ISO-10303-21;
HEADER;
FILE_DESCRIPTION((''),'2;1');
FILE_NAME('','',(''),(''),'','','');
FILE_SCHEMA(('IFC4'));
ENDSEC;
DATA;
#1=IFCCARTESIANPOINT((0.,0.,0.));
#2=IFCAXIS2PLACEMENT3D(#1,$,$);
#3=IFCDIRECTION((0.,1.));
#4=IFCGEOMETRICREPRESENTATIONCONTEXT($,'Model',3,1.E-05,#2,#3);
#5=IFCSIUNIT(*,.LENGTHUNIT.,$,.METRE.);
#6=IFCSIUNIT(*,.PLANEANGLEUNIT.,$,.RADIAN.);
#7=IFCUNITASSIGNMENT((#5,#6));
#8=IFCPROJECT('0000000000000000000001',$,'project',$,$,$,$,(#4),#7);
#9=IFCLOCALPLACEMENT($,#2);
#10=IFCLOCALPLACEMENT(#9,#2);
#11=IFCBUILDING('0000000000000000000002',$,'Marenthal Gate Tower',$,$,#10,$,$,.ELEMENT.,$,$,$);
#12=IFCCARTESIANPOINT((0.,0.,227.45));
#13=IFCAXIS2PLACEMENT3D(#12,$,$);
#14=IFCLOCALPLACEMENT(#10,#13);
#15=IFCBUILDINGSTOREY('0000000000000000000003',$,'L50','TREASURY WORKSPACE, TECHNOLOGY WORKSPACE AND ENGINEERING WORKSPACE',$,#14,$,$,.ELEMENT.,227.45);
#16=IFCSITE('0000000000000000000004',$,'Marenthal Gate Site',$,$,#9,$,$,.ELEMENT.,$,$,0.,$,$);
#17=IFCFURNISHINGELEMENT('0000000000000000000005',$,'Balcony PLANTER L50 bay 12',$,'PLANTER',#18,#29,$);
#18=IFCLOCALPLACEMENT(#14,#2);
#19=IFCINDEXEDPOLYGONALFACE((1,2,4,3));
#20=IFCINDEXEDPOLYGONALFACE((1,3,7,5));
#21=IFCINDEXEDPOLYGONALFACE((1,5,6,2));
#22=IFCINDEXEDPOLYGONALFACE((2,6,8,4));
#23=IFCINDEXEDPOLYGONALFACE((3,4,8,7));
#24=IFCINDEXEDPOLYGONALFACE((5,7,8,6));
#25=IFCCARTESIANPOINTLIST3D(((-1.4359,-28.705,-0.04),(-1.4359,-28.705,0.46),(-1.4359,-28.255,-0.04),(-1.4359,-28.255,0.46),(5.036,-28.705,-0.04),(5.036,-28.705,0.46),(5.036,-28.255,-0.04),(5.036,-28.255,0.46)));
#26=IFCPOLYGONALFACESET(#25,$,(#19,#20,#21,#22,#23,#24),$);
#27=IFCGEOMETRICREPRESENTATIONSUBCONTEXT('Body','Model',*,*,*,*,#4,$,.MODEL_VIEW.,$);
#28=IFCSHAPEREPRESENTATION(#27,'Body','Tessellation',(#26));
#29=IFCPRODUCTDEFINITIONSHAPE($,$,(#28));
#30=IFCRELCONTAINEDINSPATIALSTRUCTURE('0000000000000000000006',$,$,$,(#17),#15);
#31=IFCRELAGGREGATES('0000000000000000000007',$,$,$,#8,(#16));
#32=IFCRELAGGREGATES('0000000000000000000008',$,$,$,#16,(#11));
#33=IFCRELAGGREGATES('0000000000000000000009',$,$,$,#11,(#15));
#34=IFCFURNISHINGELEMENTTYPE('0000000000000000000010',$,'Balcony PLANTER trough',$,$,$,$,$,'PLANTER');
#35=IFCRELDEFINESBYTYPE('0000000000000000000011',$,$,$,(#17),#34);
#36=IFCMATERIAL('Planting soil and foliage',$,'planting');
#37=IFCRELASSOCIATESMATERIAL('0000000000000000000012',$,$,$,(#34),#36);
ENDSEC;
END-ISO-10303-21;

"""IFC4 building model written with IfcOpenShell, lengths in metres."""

from ifc_helpers import new_model, si_unit, direction, frame, origin, origin_2d, place, context, subcontext, project, spatial, rectangle, extrude, material, type_object, element, save


model = new_model("IFC4")

# Units and contexts
model_context = context("Model", 3, precision=1e-05, world=origin(), true_north=direction((0.0, 1.0)))
body_context = subcontext(model_context, "Body", "Model", "MODEL_VIEW")
ifc_project = project(units=[si_unit("LENGTHUNIT", "METRE"), si_unit("PLANEANGLEUNIT", "RADIAN")], contexts=[model_context])

# Site, building, storey
site_placement = place(None, origin())
site = spatial("IfcSite", under=ifc_project, at=site_placement, Name="Marenthal Gate Site", CompositionType="ELEMENT", RefElevation=0.0)
building_placement = place(site_placement, origin())
building = spatial("IfcBuilding", under=site, at=building_placement, Name="Marenthal Gate Tower", CompositionType="ELEMENT")
storey_placement = place(building_placement, frame((0.0, 0.0, 227.45)))
storey = spatial("IfcBuildingStorey", under=building, at=storey_placement, Name="L50", Description="TREASURY WORKSPACE, TECHNOLOGY WORKSPACE AND ENGINEERING WORKSPACE", CompositionType="ELEMENT", Elevation=227.45)

# Furnishing element
ifc_material_1 = material(Name="Planting soil and foliage", Category="planting")
furnishing_element_type = type_object("IfcFurnishingElementType", Name="Balcony PLANTER trough", ElementType="PLANTER", material=ifc_material_1)
furnishing_placement = place(storey_placement, frame((1.8, -28.48, -0.04), z_axis=(0.0, 0.0, 1.0), x_axis=(1.0, 0.0, 0.0)))
element("IfcFurnishingElement", 1, at=furnishing_placement, inside=storey, type_object=furnishing_element_type, Name="Balcony PLANTER L50 bay 12", ObjectType="PLANTER", context=body_context, shape_type="SweptSolid", body=[
    extrude(rectangle(XDim=6.4719, YDim=0.45, at=origin_2d()), origin(), (0.0, 0.0, 1.0), 0.5),
])

save(model, "model.ifc")
